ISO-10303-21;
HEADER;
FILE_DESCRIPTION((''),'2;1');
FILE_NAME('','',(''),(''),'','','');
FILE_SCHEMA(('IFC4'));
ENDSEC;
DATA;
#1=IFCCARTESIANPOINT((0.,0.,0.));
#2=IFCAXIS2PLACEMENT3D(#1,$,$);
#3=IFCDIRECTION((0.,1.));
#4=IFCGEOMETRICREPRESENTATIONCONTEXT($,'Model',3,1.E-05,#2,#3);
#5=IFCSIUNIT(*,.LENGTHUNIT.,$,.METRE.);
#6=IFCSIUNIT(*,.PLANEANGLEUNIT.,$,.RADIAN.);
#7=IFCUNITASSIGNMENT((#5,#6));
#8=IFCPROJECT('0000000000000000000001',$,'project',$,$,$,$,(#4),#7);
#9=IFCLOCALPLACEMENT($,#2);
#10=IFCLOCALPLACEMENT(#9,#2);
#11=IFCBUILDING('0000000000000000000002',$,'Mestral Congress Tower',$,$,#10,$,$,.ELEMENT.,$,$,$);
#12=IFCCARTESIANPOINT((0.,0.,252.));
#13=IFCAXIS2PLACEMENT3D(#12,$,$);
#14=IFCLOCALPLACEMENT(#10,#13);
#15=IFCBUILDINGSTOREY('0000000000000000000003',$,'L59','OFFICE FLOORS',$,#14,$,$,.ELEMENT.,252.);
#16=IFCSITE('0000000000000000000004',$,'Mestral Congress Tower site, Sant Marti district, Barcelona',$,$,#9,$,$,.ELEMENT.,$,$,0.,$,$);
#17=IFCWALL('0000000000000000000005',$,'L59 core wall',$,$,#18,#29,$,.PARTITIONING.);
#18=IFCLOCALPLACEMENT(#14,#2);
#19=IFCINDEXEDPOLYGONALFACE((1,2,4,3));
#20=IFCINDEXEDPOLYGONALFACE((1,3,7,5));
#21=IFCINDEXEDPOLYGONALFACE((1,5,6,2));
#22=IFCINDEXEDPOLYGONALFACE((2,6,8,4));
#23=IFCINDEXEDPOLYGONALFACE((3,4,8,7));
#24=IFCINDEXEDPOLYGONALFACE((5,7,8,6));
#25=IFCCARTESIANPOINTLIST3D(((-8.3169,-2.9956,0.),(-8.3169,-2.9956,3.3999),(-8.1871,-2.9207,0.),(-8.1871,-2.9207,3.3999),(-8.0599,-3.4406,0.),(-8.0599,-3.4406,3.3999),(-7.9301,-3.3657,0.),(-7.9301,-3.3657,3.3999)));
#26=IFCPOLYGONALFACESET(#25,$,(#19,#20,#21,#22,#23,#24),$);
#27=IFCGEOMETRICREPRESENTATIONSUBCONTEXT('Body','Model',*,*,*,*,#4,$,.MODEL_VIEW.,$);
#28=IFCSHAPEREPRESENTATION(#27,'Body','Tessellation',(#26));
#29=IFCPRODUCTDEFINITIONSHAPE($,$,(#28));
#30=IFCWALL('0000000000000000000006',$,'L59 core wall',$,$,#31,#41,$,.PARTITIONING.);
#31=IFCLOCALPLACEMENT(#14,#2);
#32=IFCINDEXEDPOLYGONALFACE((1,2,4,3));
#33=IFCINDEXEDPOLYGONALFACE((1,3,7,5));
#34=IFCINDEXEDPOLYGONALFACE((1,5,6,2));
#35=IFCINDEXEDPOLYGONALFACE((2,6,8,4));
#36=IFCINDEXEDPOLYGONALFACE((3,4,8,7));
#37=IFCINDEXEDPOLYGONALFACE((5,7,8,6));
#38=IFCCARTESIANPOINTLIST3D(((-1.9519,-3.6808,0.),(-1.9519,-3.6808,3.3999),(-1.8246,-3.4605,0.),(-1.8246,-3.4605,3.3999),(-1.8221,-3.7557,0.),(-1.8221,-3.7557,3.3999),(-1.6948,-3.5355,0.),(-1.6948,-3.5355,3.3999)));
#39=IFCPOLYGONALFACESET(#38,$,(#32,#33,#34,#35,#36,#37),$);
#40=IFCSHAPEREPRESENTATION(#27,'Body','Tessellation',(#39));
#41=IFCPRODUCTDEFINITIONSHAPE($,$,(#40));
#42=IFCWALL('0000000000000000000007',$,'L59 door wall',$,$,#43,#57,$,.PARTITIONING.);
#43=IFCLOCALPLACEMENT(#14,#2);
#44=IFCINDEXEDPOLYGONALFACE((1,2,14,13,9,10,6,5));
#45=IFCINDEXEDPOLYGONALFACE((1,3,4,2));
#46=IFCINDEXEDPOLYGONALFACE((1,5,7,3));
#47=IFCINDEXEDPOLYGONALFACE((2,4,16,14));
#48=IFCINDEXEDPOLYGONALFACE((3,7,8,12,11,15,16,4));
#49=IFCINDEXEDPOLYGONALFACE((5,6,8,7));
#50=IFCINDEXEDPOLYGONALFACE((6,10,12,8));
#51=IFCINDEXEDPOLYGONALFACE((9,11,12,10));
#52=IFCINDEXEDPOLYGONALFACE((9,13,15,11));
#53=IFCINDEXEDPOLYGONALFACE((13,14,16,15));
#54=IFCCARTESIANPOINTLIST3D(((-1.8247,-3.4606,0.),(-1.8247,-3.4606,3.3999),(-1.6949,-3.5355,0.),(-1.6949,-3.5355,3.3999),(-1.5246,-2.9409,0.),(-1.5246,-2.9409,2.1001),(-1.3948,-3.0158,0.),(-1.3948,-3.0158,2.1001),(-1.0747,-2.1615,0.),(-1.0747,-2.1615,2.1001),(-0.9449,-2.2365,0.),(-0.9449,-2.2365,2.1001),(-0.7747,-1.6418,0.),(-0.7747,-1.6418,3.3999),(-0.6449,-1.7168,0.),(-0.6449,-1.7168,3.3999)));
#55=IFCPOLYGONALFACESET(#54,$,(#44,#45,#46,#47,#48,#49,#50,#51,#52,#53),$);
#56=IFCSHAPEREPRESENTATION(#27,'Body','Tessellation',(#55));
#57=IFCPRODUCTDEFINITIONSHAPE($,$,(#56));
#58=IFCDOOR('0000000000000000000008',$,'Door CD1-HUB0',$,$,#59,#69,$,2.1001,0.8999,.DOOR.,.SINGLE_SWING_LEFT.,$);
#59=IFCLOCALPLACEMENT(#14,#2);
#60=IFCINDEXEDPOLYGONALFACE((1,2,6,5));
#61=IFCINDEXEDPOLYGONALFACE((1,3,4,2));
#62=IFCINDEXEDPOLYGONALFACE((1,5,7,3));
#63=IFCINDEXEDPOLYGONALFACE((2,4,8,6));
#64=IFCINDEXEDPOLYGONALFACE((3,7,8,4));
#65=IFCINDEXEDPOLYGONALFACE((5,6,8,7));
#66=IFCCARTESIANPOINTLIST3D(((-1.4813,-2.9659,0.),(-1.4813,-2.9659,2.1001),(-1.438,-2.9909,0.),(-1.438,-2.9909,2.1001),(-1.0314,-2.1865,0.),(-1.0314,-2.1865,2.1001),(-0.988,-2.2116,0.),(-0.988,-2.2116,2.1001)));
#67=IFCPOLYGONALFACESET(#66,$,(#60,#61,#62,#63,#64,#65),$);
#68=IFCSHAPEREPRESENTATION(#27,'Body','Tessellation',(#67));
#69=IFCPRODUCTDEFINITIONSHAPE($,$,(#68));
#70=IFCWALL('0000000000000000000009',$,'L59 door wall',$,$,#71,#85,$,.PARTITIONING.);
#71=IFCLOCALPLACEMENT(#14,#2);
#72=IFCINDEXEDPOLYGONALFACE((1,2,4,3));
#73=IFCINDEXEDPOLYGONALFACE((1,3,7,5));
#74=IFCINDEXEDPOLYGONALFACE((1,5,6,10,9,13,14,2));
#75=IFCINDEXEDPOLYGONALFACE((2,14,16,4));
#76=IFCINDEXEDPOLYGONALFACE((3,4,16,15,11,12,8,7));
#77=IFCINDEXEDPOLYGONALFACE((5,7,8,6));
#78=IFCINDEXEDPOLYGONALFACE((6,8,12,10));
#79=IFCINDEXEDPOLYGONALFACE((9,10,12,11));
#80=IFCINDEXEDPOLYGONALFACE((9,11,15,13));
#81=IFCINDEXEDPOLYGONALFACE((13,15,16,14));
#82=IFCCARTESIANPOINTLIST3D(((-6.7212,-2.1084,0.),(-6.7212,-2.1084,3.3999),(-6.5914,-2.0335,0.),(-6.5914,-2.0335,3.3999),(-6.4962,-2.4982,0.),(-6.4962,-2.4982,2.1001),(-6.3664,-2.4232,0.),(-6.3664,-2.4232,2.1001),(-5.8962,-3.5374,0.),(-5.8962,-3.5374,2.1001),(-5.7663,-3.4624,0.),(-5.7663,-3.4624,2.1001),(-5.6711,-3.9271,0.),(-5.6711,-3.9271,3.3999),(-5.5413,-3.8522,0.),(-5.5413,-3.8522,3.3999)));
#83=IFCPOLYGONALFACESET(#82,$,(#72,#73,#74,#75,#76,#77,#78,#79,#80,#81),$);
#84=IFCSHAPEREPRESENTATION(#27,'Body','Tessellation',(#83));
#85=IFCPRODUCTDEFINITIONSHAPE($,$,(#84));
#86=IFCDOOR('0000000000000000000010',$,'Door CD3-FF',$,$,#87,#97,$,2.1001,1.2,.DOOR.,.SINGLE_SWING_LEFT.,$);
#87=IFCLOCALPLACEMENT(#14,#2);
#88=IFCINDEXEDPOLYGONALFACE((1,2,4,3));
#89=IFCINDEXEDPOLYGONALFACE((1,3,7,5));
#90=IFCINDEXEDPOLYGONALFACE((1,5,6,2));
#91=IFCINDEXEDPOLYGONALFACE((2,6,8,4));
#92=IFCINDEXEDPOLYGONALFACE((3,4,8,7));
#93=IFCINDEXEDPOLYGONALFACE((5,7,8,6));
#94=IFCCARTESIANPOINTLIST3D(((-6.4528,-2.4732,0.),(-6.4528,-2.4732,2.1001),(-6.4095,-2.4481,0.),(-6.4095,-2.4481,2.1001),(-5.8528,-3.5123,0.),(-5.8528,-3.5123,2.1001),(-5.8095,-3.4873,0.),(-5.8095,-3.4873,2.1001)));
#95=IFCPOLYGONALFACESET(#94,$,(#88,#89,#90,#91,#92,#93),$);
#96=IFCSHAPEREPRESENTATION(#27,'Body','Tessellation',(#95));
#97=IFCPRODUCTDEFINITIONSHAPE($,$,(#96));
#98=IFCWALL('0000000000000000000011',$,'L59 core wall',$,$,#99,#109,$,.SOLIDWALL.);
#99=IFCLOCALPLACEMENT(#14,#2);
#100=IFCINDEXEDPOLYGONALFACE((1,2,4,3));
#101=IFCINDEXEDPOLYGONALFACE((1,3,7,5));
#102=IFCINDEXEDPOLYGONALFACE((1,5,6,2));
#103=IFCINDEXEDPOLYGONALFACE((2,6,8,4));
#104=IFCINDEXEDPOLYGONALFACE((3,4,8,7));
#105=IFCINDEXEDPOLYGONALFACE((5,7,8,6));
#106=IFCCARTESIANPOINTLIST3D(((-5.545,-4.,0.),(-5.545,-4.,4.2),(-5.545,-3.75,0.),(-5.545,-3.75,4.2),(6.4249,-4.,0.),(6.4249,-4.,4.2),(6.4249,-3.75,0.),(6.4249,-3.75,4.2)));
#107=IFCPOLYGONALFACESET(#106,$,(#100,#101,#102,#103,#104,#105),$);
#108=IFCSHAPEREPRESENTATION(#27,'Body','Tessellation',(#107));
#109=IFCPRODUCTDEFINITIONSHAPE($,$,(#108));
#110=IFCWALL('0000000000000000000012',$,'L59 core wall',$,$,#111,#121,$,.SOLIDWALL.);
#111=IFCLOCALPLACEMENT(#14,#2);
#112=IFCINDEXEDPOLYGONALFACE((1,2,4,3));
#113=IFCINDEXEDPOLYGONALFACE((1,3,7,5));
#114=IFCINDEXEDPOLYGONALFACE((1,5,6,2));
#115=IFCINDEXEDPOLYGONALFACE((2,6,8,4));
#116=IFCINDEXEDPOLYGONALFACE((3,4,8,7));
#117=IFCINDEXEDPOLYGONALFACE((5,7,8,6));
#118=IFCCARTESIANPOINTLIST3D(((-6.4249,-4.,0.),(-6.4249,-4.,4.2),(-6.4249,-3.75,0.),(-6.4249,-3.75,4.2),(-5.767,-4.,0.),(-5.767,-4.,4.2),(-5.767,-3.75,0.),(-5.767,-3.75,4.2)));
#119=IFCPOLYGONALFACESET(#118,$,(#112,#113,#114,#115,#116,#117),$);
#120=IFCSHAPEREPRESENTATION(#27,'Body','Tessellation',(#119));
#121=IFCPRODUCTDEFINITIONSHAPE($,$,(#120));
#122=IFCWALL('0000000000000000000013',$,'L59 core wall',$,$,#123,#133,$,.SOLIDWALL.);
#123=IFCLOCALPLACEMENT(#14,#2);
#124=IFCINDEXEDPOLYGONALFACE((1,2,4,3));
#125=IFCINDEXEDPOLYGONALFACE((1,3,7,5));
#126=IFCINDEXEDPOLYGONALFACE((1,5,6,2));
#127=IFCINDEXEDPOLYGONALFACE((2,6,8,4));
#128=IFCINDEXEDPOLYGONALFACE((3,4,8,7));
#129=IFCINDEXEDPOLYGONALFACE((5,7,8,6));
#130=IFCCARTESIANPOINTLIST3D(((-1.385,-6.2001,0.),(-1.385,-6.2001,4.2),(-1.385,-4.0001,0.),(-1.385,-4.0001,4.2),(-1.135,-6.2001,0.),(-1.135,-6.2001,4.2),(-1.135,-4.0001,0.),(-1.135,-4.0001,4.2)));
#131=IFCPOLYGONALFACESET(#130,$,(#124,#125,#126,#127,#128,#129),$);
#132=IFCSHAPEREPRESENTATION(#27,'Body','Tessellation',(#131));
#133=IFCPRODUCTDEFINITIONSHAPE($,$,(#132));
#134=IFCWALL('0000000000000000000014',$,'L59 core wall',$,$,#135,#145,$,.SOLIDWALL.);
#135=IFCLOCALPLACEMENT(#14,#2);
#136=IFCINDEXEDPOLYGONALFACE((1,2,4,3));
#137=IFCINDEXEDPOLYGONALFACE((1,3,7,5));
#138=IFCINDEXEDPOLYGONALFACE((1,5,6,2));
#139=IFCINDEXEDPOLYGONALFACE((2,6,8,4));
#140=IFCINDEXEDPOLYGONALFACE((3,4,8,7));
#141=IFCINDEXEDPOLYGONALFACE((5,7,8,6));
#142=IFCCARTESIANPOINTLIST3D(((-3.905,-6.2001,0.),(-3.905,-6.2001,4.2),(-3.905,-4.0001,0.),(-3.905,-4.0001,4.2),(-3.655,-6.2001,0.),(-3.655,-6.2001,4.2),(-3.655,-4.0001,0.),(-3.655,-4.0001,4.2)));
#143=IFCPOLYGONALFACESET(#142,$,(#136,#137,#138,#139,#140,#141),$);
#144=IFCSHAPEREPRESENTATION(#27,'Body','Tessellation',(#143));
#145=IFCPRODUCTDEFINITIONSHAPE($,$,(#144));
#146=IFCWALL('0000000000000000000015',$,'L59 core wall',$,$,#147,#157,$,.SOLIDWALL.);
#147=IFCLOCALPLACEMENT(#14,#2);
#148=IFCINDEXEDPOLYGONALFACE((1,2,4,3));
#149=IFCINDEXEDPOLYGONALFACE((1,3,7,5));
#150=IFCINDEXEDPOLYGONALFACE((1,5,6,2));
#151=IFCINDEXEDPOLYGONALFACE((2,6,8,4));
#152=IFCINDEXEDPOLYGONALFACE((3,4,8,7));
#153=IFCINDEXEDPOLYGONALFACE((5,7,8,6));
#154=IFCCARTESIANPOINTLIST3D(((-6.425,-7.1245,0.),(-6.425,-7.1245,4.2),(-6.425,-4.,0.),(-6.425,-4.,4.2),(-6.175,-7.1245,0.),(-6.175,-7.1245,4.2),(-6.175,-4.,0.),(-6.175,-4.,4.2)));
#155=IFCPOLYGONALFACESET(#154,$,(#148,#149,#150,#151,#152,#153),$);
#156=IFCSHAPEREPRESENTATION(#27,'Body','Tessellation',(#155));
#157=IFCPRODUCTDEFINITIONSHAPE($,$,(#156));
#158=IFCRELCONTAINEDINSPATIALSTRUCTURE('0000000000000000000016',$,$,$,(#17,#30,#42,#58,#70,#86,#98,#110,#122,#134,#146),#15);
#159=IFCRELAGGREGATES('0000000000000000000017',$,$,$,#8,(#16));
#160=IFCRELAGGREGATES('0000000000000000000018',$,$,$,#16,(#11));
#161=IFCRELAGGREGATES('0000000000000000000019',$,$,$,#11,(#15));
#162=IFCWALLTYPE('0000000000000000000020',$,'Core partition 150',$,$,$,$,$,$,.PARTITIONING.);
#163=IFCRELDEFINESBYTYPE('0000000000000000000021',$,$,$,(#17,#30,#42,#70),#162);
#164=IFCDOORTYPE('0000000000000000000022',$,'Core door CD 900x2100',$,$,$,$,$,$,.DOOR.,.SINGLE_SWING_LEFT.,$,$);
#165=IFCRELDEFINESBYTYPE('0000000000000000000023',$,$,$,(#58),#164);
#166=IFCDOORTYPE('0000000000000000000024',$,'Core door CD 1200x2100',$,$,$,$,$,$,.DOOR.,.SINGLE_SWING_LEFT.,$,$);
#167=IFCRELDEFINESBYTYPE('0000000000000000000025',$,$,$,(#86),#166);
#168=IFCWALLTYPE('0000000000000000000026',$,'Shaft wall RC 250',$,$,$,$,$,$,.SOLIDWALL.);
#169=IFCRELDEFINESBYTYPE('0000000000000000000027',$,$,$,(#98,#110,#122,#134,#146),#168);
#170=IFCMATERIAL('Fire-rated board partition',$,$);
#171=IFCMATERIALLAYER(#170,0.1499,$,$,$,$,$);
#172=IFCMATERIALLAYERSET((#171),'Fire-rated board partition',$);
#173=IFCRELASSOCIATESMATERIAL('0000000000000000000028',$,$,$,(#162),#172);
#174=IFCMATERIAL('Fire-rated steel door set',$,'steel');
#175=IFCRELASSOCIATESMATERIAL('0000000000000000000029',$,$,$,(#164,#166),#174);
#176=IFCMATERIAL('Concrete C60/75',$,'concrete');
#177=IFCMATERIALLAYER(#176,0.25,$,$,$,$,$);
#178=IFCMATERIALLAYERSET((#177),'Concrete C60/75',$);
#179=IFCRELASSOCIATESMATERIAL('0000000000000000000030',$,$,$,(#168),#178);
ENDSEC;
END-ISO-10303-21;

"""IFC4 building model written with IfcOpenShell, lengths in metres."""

from ifc_helpers import new_model, si_unit, direction, frame, frame_2d, origin, place, context, subcontext, project, spatial, rectangle, extrude, material, layer, layer_set, type_object, element, fill, save


model = new_model("IFC4")

# Units and contexts
model_context = context("Model", 3, precision=1e-05, world=origin(), true_north=direction((0.0, 1.0)))
body_context = subcontext(model_context, "Body", "Model", "MODEL_VIEW")
ifc_project = project(units=[si_unit("LENGTHUNIT", "METRE"), si_unit("PLANEANGLEUNIT", "RADIAN")], contexts=[model_context])

# Site, building, storey
site_placement = place(None, origin())
site = spatial("IfcSite", under=ifc_project, at=site_placement, Name="Mestral Congress Tower site, Sant Marti district, Barcelona", CompositionType="ELEMENT", RefElevation=0.0)
building_placement = place(site_placement, origin())
building = spatial("IfcBuilding", under=site, at=building_placement, Name="Mestral Congress Tower", CompositionType="ELEMENT")
storey_placement = place(building_placement, frame((0.0, 0.0, 252.0)))
storey = spatial("IfcBuildingStorey", under=building, at=storey_placement, Name="L59", Description="OFFICE FLOORS", CompositionType="ELEMENT", Elevation=252.0)

# Walls
ifc_material_1 = material(Name="Fire-rated board partition")
ifc_layer_1 = layer(ifc_material_1, 0.1499)
ifc_layer_set_1 = layer_set([ifc_layer_1], Name="Fire-rated board partition")
wall_type_1 = type_object("IfcWallType", Name="Core partition 150", PredefinedType="PARTITIONING", material=ifc_layer_set_1)
wall_1_placement = place(storey_placement, frame((-8.252, -2.9583, 0.0), z_axis=(0.0, 0.0, 1.0), x_axis=(0.500175, -0.865925, 0.0)))
element("IfcWall", 1, at=wall_1_placement, inside=storey, type_object=wall_type_1, Name="L59 core wall", PredefinedType="PARTITIONING", context=body_context, shape_type="SweptSolid", body=[
    extrude(rectangle(XDim=0.5139, YDim=0.1499, at=frame_2d((0.2568, 0.0))), origin(), (0.0, 0.0, 1.0), 3.3999),
])
wall_2_placement = place(storey_placement, frame((-1.887, -3.7183, 0.0), z_axis=(0.0, 0.0, 1.0), x_axis=(0.500166, 0.86593, 0.0)))
element("IfcWall", 2, at=wall_2_placement, inside=storey, type_object=wall_type_1, Name="L59 core wall", PredefinedType="PARTITIONING", context=body_context, shape_type="SweptSolid", body=[
    extrude(rectangle(XDim=0.2544, YDim=0.1499, at=frame_2d((0.1272, 0.0))), origin(), (0.0, 0.0, 1.0), 3.3999),
])

# Walls, openings, doors
wall_3_placement = place(storey_placement, frame((-1.7598, -3.498, 0.0), z_axis=(0.0, 0.0, 1.0), x_axis=(0.499977, 0.866038, 0.0)))
wall_3 = element("IfcWall", 3, at=wall_3_placement, inside=storey, type_object=wall_type_1, Name="L59 door wall", PredefinedType="PARTITIONING", context=body_context, shape_type="SweptSolid", body=[
    extrude(rectangle(XDim=2.1001, YDim=0.1499, at=frame_2d((1.05, 0.0))), origin(), (0.0, 0.0, 1.0), 3.3999),
])
opening_1_placement = place(wall_3_placement, frame((0.6001, 0.0, 0.0)))
opening_1 = element("IfcOpeningElement", 4, at=opening_1_placement, cuts=wall_3, PredefinedType="OPENING", context=body_context, shape_type="SweptSolid", body=[
    extrude(rectangle(XDim=0.8999, YDim=2.1001, at=frame_2d((0.45, 1.05))), frame((0.0, 0.085, 0.0), z_axis=(0.0, -1.0, 0.0), x_axis=(1.0, 0.0, 0.0)), (0.0, 0.0, 1.0), 0.1699),
])
ifc_material_2 = material(Name="Fire-rated steel door set", Category="steel")
door_type_1 = type_object("IfcDoorType", Name="Core door CD 900x2100", OperationType="SINGLE_SWING_LEFT", PredefinedType="DOOR", material=ifc_material_2)
door_1_placement = place(opening_1_placement, origin())
door_1 = element("IfcDoor", 5, at=door_1_placement, inside=storey, type_object=door_type_1, Name="Door CD1-HUB0", OperationType="SINGLE_SWING_LEFT", OverallHeight=2.1001, OverallWidth=0.8999, PredefinedType="DOOR", context=body_context, shape_type="SweptSolid", body=[
    extrude(rectangle(XDim=0.8999, YDim=2.1001, at=frame_2d((0.45, 1.05))), frame((0.0, 0.0249, 0.0), z_axis=(0.0, -1.0, 0.0), x_axis=(1.0, 0.0, 0.0)), (0.0, 0.0, 1.0), 0.05),
])
fill(opening_1, door_1)
wall_4_placement = place(storey_placement, frame((-5.6062, -3.8896, 0.0), z_axis=(0.0, 0.0, 1.0), x_axis=(-0.500028, 0.866009, 0.0)))
wall_4 = element("IfcWall", 6, at=wall_4_placement, inside=storey, type_object=wall_type_1, Name="L59 door wall", PredefinedType="PARTITIONING", context=body_context, shape_type="SweptSolid", body=[
    extrude(rectangle(XDim=2.1001, YDim=0.1499, at=frame_2d((1.05, 0.0))), origin(), (0.0, 0.0, 1.0), 3.3999),
])
opening_2_placement = place(wall_4_placement, frame((0.45, 0.0, 0.0)))
opening_2 = element("IfcOpeningElement", 7, at=opening_2_placement, cuts=wall_4, PredefinedType="OPENING", context=body_context, shape_type="SweptSolid", body=[
    extrude(rectangle(XDim=1.2, YDim=2.1001, at=frame_2d((0.6001, 1.05))), frame((0.0, 0.085, 0.0), z_axis=(0.0, -1.0, 0.0), x_axis=(1.0, 0.0, 0.0)), (0.0, 0.0, 1.0), 0.1699),
])
door_type_2 = type_object("IfcDoorType", Name="Core door CD 1200x2100", OperationType="SINGLE_SWING_LEFT", PredefinedType="DOOR", material=ifc_material_2)
door_2_placement = place(opening_2_placement, origin())
door_2 = element("IfcDoor", 8, at=door_2_placement, inside=storey, type_object=door_type_2, Name="Door CD3-FF", OperationType="SINGLE_SWING_LEFT", OverallHeight=2.1001, OverallWidth=1.2, PredefinedType="DOOR", context=body_context, shape_type="SweptSolid", body=[
    extrude(rectangle(XDim=1.2, YDim=2.1001, at=frame_2d((0.6001, 1.05))), frame((0.0, 0.0249, 0.0), z_axis=(0.0, -1.0, 0.0), x_axis=(1.0, 0.0, 0.0)), (0.0, 0.0, 1.0), 0.05),
])
fill(opening_2, door_2)

# Walls
ifc_material_3 = material(Name="Concrete C60/75", Category="concrete")
ifc_layer_2 = layer(ifc_material_3, 0.25)
ifc_layer_set_2 = layer_set([ifc_layer_2], Name="Concrete C60/75")
wall_type_2 = type_object("IfcWallType", Name="Shaft wall RC 250", PredefinedType="SOLIDWALL", material=ifc_layer_set_2)
wall_5_placement = place(storey_placement, frame((-5.5449, -3.875, 0.0), z_axis=(0.0, 0.0, 1.0), x_axis=(1.0, 0.0, 0.0)))
element("IfcWall", 9, at=wall_5_placement, inside=storey, type_object=wall_type_2, Name="L59 core wall", PredefinedType="SOLIDWALL", context=body_context, shape_type="SweptSolid", body=[
    extrude(rectangle(XDim=11.97, YDim=0.25, at=frame_2d((5.9849, 0.0))), origin(), (0.0, 0.0, 1.0), 4.2),
])
wall_6_placement = place(storey_placement, frame((-6.425, -3.875, 0.0), z_axis=(0.0, 0.0, 1.0), x_axis=(1.0, 0.0, 0.0)))
element("IfcWall", 10, at=wall_6_placement, inside=storey, type_object=wall_type_2, Name="L59 core wall", PredefinedType="SOLIDWALL", context=body_context, shape_type="SweptSolid", body=[
    extrude(rectangle(XDim=0.658, YDim=0.25, at=frame_2d((0.3291, 0.0))), origin(), (0.0, 0.0, 1.0), 4.2),
])
for number, where, z_axis, x_axis, name in (
    (11, (-1.26, -4.0, 0.0), (0.0, 0.0, 1.0), (0.0, -1.0, 0.0), "L59 core wall"),
    (12, (-3.78, -4.0, 0.0), (0.0, 0.0, 1.0), (0.0, -1.0, 0.0), "L59 core wall"),
):
    element("IfcWall", number, at=place(storey_placement, frame(where, z_axis=z_axis, x_axis=x_axis)), inside=storey, type_object=wall_type_2, Name=name, PredefinedType="SOLIDWALL", context=body_context, shape_type="SweptSolid", body=[
        extrude(rectangle(XDim=2.2, YDim=0.25, at=frame_2d((1.1001, 0.0))), origin(), (0.0, 0.0, 1.0), 4.2),
    ])
wall_7_placement = place(storey_placement, frame((-6.3, -7.1245, 0.0), z_axis=(0.0, 0.0, 1.0), x_axis=(0.0, 1.0, 0.0)))
element("IfcWall", 13, at=wall_7_placement, inside=storey, type_object=wall_type_2, Name="L59 core wall", PredefinedType="SOLIDWALL", context=body_context, shape_type="SweptSolid", body=[
    extrude(rectangle(XDim=3.1245, YDim=0.25, at=frame_2d((1.5623, 0.0))), origin(), (0.0, 0.0, 1.0), 4.2),
])

save(model, "model.ifc")
